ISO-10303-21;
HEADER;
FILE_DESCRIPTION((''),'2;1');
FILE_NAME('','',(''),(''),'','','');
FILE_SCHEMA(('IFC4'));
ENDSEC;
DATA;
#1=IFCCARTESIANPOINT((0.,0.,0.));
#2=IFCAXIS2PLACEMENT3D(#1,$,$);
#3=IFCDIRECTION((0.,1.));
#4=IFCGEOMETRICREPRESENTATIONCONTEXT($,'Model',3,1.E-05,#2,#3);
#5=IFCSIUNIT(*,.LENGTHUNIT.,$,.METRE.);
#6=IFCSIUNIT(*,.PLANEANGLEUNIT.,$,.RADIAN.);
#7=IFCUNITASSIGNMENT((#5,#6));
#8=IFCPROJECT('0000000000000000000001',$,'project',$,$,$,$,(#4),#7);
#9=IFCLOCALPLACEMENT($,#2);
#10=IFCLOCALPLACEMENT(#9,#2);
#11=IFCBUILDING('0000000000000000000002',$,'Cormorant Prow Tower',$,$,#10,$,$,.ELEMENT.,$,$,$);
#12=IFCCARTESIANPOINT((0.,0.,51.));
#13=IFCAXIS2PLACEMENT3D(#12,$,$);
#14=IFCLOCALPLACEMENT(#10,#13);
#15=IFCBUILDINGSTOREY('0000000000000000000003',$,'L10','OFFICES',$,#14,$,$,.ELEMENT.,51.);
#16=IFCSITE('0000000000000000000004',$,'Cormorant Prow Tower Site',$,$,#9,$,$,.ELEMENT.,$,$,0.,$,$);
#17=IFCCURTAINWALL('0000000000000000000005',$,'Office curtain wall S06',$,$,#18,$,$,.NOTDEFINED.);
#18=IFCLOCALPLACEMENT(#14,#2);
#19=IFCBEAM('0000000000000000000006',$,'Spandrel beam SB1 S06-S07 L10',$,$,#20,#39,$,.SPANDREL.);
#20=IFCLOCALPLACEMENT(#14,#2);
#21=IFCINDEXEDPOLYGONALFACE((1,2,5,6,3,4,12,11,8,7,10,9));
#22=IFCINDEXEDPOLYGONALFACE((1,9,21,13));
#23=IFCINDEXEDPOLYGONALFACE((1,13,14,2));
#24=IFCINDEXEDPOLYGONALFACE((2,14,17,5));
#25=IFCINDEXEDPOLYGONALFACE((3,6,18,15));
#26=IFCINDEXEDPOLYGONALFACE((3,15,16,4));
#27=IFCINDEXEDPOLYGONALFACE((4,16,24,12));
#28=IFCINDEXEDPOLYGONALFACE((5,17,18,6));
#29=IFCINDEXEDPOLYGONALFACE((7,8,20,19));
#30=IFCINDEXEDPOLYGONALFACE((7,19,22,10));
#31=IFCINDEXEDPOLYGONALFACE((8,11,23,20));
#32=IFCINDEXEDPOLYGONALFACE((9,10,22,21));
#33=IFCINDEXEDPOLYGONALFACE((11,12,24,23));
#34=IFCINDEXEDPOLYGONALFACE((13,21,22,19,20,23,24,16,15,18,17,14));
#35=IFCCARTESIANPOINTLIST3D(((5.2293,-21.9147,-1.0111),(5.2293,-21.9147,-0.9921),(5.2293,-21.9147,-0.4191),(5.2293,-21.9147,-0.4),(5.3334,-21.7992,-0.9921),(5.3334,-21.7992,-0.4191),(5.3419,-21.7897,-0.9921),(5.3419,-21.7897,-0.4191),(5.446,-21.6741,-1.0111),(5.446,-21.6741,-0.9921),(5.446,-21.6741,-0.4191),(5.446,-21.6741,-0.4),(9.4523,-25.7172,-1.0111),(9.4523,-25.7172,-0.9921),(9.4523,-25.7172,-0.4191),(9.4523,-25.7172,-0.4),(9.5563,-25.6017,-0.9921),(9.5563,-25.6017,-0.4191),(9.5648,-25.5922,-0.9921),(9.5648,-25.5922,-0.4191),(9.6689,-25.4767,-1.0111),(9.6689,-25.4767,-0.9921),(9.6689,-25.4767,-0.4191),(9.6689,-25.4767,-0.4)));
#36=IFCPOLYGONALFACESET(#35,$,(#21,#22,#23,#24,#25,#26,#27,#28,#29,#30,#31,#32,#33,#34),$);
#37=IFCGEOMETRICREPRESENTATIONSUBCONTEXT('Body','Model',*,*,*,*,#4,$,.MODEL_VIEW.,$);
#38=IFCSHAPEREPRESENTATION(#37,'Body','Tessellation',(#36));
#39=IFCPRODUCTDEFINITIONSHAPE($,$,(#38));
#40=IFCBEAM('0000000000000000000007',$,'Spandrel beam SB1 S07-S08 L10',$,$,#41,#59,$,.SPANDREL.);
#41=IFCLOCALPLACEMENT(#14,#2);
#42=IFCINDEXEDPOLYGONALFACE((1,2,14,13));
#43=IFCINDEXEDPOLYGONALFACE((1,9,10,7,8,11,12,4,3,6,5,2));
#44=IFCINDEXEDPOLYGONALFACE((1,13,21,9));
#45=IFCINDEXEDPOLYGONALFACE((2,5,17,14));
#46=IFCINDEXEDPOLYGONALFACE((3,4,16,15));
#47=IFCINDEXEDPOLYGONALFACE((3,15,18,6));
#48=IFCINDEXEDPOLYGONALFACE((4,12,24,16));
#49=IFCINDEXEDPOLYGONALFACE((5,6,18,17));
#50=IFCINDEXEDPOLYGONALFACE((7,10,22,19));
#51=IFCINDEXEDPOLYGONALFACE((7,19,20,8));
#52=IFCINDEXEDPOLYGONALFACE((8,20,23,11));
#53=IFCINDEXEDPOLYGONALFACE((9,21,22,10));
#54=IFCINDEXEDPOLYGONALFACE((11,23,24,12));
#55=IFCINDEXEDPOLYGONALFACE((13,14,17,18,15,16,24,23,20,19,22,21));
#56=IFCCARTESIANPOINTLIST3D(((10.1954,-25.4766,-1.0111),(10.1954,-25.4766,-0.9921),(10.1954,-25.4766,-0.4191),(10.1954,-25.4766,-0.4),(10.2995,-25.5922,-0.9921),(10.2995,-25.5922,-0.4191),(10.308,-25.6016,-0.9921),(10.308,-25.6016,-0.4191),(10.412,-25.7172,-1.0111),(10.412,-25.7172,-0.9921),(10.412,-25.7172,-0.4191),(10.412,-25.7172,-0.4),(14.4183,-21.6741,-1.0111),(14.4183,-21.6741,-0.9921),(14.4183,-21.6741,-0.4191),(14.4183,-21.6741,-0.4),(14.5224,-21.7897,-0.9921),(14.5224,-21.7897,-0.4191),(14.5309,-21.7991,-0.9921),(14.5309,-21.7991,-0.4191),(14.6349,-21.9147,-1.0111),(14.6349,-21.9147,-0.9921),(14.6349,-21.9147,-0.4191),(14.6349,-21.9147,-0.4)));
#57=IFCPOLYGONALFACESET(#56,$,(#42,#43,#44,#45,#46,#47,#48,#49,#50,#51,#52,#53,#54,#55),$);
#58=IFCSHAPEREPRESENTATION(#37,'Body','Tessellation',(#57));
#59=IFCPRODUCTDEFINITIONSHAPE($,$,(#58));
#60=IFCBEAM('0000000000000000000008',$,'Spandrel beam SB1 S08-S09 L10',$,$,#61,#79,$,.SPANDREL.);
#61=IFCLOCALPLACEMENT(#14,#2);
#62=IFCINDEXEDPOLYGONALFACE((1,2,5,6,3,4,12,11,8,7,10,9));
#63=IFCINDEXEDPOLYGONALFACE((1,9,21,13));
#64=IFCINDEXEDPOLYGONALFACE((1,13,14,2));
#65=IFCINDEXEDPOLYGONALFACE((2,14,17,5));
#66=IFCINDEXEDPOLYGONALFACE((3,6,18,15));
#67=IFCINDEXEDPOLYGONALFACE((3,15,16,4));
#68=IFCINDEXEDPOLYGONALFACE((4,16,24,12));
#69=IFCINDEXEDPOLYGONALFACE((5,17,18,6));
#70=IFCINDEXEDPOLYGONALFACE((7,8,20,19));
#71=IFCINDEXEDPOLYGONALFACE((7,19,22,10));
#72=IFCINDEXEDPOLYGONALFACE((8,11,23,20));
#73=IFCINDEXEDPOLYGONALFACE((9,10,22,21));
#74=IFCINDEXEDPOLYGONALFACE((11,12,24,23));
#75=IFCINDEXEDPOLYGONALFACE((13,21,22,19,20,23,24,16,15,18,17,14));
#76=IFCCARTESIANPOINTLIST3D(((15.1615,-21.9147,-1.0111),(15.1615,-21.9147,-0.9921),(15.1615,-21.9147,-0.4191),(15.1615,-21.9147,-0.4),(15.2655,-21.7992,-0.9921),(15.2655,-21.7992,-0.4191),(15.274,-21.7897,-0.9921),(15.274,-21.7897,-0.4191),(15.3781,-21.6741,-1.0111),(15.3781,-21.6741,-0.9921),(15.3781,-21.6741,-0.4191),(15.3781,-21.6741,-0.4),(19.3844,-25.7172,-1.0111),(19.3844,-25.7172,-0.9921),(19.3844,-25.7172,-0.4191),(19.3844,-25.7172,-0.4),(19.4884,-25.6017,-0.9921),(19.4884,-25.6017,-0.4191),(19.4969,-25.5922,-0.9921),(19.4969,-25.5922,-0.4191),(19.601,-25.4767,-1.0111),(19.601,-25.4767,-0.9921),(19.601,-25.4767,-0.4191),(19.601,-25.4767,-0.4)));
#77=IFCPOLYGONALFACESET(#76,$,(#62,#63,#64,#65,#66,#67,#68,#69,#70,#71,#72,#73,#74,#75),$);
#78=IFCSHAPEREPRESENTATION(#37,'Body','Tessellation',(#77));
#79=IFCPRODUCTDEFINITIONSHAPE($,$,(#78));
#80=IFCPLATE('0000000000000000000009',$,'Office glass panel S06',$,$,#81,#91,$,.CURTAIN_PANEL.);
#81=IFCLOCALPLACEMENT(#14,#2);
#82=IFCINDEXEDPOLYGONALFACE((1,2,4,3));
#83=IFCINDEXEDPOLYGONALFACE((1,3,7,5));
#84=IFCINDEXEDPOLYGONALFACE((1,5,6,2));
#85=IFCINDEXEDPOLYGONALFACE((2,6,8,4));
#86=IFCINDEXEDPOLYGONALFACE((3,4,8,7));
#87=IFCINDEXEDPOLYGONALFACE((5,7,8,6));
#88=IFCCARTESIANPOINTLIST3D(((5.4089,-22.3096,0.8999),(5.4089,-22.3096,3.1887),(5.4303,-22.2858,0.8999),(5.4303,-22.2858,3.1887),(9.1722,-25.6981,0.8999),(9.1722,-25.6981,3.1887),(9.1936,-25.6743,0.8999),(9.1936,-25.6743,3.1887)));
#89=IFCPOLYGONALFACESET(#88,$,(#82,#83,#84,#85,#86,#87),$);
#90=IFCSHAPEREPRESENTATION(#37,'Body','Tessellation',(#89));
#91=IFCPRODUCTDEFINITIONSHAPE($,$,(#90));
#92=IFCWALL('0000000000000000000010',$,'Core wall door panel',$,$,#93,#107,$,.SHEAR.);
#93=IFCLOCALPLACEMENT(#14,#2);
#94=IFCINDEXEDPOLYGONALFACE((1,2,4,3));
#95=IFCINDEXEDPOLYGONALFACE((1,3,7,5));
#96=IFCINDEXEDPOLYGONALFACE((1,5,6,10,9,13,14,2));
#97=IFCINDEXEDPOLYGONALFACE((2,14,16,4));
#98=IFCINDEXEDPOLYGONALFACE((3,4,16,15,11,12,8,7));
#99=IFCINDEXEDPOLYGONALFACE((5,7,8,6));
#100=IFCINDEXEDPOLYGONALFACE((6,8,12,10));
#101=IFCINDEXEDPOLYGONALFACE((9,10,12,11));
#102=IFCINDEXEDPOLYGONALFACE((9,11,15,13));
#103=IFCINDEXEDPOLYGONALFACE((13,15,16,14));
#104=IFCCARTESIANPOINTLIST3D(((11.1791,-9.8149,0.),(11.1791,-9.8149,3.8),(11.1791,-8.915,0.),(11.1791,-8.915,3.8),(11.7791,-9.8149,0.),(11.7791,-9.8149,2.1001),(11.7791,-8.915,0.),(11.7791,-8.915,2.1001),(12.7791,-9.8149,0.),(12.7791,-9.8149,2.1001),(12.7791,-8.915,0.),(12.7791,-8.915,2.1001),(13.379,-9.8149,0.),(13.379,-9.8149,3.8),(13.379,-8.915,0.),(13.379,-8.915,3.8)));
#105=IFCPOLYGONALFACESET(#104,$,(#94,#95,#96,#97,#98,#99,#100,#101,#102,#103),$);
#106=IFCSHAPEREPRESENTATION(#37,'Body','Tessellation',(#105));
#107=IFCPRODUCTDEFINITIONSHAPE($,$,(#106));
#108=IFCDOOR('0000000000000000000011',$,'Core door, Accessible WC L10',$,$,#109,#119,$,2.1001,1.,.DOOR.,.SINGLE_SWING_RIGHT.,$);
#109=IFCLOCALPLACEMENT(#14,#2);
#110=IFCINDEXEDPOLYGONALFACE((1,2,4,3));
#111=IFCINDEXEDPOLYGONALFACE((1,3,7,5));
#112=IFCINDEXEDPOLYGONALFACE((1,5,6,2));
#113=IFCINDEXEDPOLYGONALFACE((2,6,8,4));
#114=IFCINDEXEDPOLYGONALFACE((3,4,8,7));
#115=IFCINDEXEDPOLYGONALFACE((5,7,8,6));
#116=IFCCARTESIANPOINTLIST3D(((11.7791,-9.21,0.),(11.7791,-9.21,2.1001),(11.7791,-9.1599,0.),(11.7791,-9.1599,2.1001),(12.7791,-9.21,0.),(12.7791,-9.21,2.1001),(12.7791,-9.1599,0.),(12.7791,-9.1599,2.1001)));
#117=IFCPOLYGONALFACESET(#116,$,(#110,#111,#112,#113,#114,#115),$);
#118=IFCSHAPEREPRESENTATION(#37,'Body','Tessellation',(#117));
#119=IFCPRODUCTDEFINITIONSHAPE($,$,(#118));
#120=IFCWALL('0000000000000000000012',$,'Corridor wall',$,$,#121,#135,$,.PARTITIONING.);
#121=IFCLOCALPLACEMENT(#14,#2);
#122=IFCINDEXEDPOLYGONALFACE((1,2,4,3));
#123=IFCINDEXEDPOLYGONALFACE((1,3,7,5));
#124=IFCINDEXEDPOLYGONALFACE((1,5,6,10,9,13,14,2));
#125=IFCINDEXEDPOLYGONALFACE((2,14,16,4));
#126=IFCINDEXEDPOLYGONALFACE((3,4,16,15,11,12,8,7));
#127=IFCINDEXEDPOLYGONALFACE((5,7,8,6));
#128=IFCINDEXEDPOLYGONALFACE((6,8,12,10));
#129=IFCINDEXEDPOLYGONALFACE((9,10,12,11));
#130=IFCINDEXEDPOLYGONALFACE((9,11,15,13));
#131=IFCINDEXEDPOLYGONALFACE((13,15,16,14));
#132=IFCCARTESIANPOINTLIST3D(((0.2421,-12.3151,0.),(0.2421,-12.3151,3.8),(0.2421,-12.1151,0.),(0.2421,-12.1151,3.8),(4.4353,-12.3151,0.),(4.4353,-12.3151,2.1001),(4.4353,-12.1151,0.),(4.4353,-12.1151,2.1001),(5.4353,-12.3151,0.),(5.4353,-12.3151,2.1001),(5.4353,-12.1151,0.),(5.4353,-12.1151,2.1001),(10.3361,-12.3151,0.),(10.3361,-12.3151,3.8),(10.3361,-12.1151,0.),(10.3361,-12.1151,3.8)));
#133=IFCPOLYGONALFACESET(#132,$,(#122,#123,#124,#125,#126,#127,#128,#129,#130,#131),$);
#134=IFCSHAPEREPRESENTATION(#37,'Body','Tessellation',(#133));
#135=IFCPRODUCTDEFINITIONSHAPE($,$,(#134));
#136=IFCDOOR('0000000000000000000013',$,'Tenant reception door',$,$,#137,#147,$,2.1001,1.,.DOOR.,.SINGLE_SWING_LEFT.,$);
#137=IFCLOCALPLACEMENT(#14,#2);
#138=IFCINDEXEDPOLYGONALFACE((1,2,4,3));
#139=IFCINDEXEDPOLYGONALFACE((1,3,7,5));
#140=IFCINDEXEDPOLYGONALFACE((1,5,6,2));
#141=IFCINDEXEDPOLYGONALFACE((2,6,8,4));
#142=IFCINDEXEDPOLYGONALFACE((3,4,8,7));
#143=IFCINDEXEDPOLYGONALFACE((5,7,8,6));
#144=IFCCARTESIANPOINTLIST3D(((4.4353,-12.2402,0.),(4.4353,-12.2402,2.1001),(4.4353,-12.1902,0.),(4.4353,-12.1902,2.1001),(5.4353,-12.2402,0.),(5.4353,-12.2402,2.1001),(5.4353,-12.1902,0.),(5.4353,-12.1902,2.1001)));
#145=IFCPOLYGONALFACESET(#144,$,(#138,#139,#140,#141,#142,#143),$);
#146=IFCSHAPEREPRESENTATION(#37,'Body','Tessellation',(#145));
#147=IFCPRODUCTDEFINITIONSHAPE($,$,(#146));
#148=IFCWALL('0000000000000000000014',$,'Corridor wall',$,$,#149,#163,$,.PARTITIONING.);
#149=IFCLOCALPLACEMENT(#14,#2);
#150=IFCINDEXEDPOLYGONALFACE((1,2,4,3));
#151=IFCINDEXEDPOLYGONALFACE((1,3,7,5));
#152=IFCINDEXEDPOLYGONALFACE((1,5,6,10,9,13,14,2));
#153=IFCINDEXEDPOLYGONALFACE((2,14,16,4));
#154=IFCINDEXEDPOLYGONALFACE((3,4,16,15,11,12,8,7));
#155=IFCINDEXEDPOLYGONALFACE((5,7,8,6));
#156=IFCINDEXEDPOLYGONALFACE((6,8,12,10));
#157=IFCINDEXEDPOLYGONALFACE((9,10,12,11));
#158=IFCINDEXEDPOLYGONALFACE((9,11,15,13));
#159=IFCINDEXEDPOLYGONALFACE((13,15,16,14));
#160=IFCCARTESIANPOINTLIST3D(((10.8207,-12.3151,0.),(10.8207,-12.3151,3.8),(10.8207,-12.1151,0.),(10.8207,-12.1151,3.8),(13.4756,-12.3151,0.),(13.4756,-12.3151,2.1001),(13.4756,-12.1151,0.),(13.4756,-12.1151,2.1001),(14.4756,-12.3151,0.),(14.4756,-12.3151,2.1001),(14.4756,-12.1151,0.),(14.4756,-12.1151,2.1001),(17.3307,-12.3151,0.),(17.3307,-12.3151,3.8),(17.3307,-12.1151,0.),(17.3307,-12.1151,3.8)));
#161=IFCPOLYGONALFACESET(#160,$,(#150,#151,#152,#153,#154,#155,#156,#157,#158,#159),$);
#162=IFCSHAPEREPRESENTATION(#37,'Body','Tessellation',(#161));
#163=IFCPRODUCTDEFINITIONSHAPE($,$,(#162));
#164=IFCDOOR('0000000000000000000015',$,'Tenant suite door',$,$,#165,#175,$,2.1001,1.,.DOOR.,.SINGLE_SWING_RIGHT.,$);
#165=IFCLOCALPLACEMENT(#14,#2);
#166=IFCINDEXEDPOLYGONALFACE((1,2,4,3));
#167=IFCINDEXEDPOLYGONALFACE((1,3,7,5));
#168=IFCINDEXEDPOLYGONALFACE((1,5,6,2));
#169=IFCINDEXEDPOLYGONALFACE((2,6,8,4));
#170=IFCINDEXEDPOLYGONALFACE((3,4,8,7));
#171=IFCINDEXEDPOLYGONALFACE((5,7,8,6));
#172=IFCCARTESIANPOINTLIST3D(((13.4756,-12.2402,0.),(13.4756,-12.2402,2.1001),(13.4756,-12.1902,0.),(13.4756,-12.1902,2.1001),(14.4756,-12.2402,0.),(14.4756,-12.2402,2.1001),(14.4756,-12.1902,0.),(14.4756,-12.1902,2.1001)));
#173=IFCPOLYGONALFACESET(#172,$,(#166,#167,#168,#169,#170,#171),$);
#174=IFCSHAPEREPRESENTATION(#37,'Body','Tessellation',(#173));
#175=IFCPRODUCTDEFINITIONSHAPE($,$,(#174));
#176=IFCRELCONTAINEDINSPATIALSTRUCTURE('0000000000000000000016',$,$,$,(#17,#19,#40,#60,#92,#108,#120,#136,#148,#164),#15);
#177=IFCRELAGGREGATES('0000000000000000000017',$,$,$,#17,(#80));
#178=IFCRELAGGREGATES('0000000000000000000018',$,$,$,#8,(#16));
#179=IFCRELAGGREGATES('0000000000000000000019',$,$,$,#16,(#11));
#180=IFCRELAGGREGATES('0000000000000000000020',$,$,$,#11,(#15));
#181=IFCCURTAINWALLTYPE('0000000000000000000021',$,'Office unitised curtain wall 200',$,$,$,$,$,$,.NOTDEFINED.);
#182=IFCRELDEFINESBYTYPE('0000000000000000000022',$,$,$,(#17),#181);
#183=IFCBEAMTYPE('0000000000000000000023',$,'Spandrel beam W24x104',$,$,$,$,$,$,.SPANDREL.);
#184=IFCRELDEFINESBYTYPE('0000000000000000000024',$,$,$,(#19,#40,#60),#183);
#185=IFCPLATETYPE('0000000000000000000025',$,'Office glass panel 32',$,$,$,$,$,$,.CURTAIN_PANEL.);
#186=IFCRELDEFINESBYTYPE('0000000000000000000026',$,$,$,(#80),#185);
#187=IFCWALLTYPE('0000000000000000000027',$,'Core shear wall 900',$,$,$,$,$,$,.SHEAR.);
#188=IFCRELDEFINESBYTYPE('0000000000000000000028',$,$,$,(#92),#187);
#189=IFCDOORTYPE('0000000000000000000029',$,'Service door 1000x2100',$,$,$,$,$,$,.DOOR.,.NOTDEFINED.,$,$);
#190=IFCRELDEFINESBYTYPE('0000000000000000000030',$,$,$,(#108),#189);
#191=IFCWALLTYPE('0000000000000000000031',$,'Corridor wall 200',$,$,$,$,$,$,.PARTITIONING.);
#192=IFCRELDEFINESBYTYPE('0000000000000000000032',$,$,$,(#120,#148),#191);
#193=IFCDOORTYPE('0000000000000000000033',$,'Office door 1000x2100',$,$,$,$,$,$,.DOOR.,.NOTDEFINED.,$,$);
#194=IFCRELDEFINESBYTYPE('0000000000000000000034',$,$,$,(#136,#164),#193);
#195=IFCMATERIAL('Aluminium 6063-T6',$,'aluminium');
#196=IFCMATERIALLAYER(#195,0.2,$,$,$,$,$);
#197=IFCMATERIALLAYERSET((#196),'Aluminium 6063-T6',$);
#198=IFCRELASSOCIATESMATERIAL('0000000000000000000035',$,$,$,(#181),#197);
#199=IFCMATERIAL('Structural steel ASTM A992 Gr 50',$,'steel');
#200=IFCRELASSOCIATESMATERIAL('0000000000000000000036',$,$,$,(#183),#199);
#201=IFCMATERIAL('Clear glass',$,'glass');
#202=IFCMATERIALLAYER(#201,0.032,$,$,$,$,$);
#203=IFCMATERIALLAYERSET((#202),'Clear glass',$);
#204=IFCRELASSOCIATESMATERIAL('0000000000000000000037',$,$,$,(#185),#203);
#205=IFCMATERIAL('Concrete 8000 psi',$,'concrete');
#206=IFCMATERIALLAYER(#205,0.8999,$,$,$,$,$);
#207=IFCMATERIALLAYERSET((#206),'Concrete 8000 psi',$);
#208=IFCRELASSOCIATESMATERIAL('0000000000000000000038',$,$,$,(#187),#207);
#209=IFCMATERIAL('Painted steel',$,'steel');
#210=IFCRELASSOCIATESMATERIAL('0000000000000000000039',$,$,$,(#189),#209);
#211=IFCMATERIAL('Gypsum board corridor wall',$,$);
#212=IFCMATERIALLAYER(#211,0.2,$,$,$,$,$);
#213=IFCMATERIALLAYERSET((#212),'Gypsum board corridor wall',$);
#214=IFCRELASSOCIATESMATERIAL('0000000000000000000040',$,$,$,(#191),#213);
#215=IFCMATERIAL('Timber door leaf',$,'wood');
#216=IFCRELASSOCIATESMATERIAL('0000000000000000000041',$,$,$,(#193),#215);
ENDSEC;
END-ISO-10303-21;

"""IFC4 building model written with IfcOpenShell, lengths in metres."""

from ifc_helpers import new_model, si_unit, direction, frame, frame_2d, origin, origin_2d, place, context, subcontext, project, spatial, rectangle, i_section, extrude, material, layer, layer_set, material_profile, profile_set, type_object, element, fill, aggregate, save


model = new_model("IFC4")

# Units and contexts
model_context = context("Model", 3, precision=1e-05, world=origin(), true_north=direction((0.0, 1.0)))
body_context = subcontext(model_context, "Body", "Model", "MODEL_VIEW")
ifc_project = project(units=[si_unit("LENGTHUNIT", "METRE"), si_unit("PLANEANGLEUNIT", "RADIAN")], contexts=[model_context])

# Site, building, storey
site_placement = place(None, origin())
site = spatial("IfcSite", under=ifc_project, at=site_placement, Name="Cormorant Prow Tower Site", CompositionType="ELEMENT", RefElevation=0.0)
building_placement = place(site_placement, origin())
building = spatial("IfcBuilding", under=site, at=building_placement, Name="Cormorant Prow Tower", CompositionType="ELEMENT")
storey_placement = place(building_placement, frame((0.0, 0.0, 51.0)))
storey = spatial("IfcBuildingStorey", under=building, at=storey_placement, Name="L10", Description="OFFICES", CompositionType="ELEMENT", Elevation=51.0)

# Curtain wall
ifc_material_1 = material(Name="Aluminium 6063-T6", Category="aluminium")
ifc_layer_1 = layer(ifc_material_1, 0.2)
ifc_layer_set_1 = layer_set([ifc_layer_1], Name="Aluminium 6063-T6")
curtain_wall_type = type_object("IfcCurtainWallType", Name="Office unitised curtain wall 200", PredefinedType="NOTDEFINED", material=ifc_layer_set_1)
curtain_wall_1_placement = place(storey_placement, origin())
curtain_wall_1 = element("IfcCurtainWall", 1, at=curtain_wall_1_placement, inside=storey, type_object=curtain_wall_type, Name="Office curtain wall S06", PredefinedType="NOTDEFINED")

# Beams
ifc_material_2 = material(Name="Structural steel ASTM A992 Gr 50", Category="steel")
ifc_material_profile_1 = material_profile(ifc_material_2, i_section(OverallWidth=0.3237, OverallDepth=0.6111, WebThickness=0.0127, FlangeThickness=0.019, at=origin_2d()), Name="W24x104")
ifc_profile_set_1 = profile_set([ifc_material_profile_1], Name="Structural steel ASTM A992 Gr 50")
beam_type_1 = type_object("IfcBeamType", Name="Spandrel beam W24x104", PredefinedType="SPANDREL", material=ifc_profile_set_1)
for number, where, z_axis, x_axis, name in (
    (2, (5.3376, -21.7944, -0.7056), (0.74313, -0.669147, 0.0), (0.669147, 0.74313, 0.0), "Spandrel beam SB1 S06-S07 L10"),
    (3, (10.3037, -25.5969, -0.7056), (0.74313, 0.669147, 0.0), (-0.669147, 0.74313, 0.0), "Spandrel beam SB1 S07-S08 L10"),
    (4, (15.2698, -21.7944, -0.7056), (0.74313, -0.669147, 0.0), (0.669147, 0.74313, 0.0), "Spandrel beam SB1 S08-S09 L10"),
):
    element("IfcBeam", number, at=place(storey_placement, frame(where, z_axis=z_axis, x_axis=x_axis)), inside=storey, type_object=beam_type_1, Name=name, PredefinedType="SPANDREL", context=body_context, shape_type="SweptSolid", body=[
        extrude(i_section(OverallWidth=0.3237, OverallDepth=0.6111, WebThickness=0.0127, FlangeThickness=0.019, at=origin_2d()), origin(), (0.0, 0.0, 1.0), 5.6826),
    ])

# Plate
ifc_material_3 = material(Name="Clear glass", Category="glass")
ifc_layer_2 = layer(ifc_material_3, 0.032)
ifc_layer_set_2 = layer_set([ifc_layer_2], Name="Clear glass")
plate_type = type_object("IfcPlateType", Name="Office glass panel 32", PredefinedType="CURTAIN_PANEL", material=ifc_layer_set_2)
plate_placement = place(storey_placement, frame((7.3013, -23.9919, 0.8999), z_axis=(0.0, 0.0, 1.0), x_axis=(0.743145, -0.669131, 0.0)))
plate = element("IfcPlate", 5, at=plate_placement, type_object=plate_type, Name="Office glass panel S06", PredefinedType="CURTAIN_PANEL", context=body_context, shape_type="SweptSolid", body=[
    extrude(rectangle(XDim=5.064, YDim=0.032, at=origin_2d()), origin(), (0.0, 0.0, 1.0), 2.2888),
])
aggregate(curtain_wall_1, [plate])

# Walls, openings, doors
ifc_material_4 = material(Name="Concrete 8000 psi", Category="concrete")
ifc_layer_3 = layer(ifc_material_4, 0.8999)
ifc_layer_set_3 = layer_set([ifc_layer_3], Name="Concrete 8000 psi")
wall_type_1 = type_object("IfcWallType", Name="Core shear wall 900", PredefinedType="SHEAR", material=ifc_layer_set_3)
wall_1_placement = place(storey_placement, frame((11.179, -9.365, 0.0), z_axis=(0.0, 0.0, 1.0), x_axis=(1.0, 0.0, 0.0)))
wall_1 = element("IfcWall", 6, at=wall_1_placement, inside=storey, type_object=wall_type_1, Name="Core wall door panel", PredefinedType="SHEAR", context=body_context, shape_type="SweptSolid", body=[
    extrude(rectangle(XDim=2.2, YDim=0.8999, at=frame_2d((1.1001, 0.0))), origin(), (0.0, 0.0, 1.0), 3.8),
])
opening_1_placement = place(wall_1_placement, frame((0.6001, 0.0, 0.0)))
opening_1 = element("IfcOpeningElement", 7, at=opening_1_placement, cuts=wall_1, PredefinedType="OPENING", context=body_context, shape_type="SweptSolid", body=[
    extrude(rectangle(XDim=1.0, YDim=2.1001, at=frame_2d((0.5, 1.05))), frame((0.0, 0.46, 0.0), z_axis=(0.0, -1.0, 0.0), x_axis=(1.0, 0.0, 0.0)), (0.0, 0.0, 1.0), 0.9199),
])
ifc_material_5 = material(Name="Painted steel", Category="steel")
door_type_1 = type_object("IfcDoorType", Name="Service door 1000x2100", OperationType="NOTDEFINED", PredefinedType="DOOR", material=ifc_material_5)
door_1_placement = place(opening_1_placement, origin())
door_1 = element("IfcDoor", 8, at=door_1_placement, inside=storey, type_object=door_type_1, Name="Core door, Accessible WC L10", OperationType="SINGLE_SWING_RIGHT", OverallHeight=2.1001, OverallWidth=1.0, PredefinedType="DOOR", context=body_context, shape_type="SweptSolid", body=[
    extrude(rectangle(XDim=1.0, YDim=2.1001, at=frame_2d((0.5, 1.05))), frame((0.0, 0.2051, 0.0), z_axis=(0.0, -1.0, 0.0), x_axis=(1.0, 0.0, 0.0)), (0.0, 0.0, 1.0), 0.05),
])
fill(opening_1, door_1)
ifc_material_6 = material(Name="Gypsum board corridor wall")
ifc_layer_4 = layer(ifc_material_6, 0.2)
ifc_layer_set_4 = layer_set([ifc_layer_4], Name="Gypsum board corridor wall")
wall_type_2 = type_object("IfcWallType", Name="Corridor wall 200", PredefinedType="PARTITIONING", material=ifc_layer_set_4)
wall_2_placement = place(storey_placement, frame((0.2422, -12.2151, 0.0), z_axis=(0.0, 0.0, 1.0), x_axis=(1.0, 0.0, 0.0)))
wall_2 = element("IfcWall", 9, at=wall_2_placement, inside=storey, type_object=wall_type_2, Name="Corridor wall", PredefinedType="PARTITIONING", context=body_context, shape_type="SweptSolid", body=[
    extrude(rectangle(XDim=10.094, YDim=0.2, at=frame_2d((5.0469, 0.0))), origin(), (0.0, 0.0, 1.0), 3.8),
])
opening_2_placement = place(wall_2_placement, frame((4.1931, 0.0, 0.0)))
opening_2 = element("IfcOpeningElement", 10, at=opening_2_placement, cuts=wall_2, PredefinedType="OPENING", context=body_context, shape_type="SweptSolid", body=[
    extrude(rectangle(XDim=1.0, YDim=2.1001, at=frame_2d((0.5, 1.05))), frame((0.0, 0.1099, 0.0), z_axis=(0.0, -1.0, 0.0), x_axis=(1.0, 0.0, 0.0)), (0.0, 0.0, 1.0), 0.22),
])
ifc_material_7 = material(Name="Timber door leaf", Category="wood")
door_type_2 = type_object("IfcDoorType", Name="Office door 1000x2100", OperationType="NOTDEFINED", PredefinedType="DOOR", material=ifc_material_7)
door_2_placement = place(opening_2_placement, origin())
door_2 = element("IfcDoor", 11, at=door_2_placement, inside=storey, type_object=door_type_2, Name="Tenant reception door", OperationType="SINGLE_SWING_LEFT", OverallHeight=2.1001, OverallWidth=1.0, PredefinedType="DOOR", context=body_context, shape_type="SweptSolid", body=[
    extrude(rectangle(XDim=1.0, YDim=2.1001, at=frame_2d((0.5, 1.05))), frame((0.0, 0.0249, 0.0), z_axis=(0.0, -1.0, 0.0), x_axis=(1.0, 0.0, 0.0)), (0.0, 0.0, 1.0), 0.05),
])
fill(opening_2, door_2)
wall_3_placement = place(storey_placement, frame((10.8208, -12.2151, 0.0), z_axis=(0.0, 0.0, 1.0), x_axis=(1.0, 0.0, 0.0)))
wall_3 = element("IfcWall", 12, at=wall_3_placement, inside=storey, type_object=wall_type_2, Name="Corridor wall", PredefinedType="PARTITIONING", context=body_context, shape_type="SweptSolid", body=[
    extrude(rectangle(XDim=6.51, YDim=0.2, at=frame_2d((3.2549, 0.0))), origin(), (0.0, 0.0, 1.0), 3.8),
])
opening_3_placement = place(wall_3_placement, frame((2.6548, 0.0, 0.0)))
opening_3 = element("IfcOpeningElement", 13, at=opening_3_placement, cuts=wall_3, PredefinedType="OPENING", context=body_context, shape_type="SweptSolid", body=[
    extrude(rectangle(XDim=1.0, YDim=2.1001, at=frame_2d((0.5, 1.05))), frame((0.0, 0.1099, 0.0), z_axis=(0.0, -1.0, 0.0), x_axis=(1.0, 0.0, 0.0)), (0.0, 0.0, 1.0), 0.22),
])
door_3_placement = place(opening_3_placement, origin())
door_3 = element("IfcDoor", 14, at=door_3_placement, inside=storey, type_object=door_type_2, Name="Tenant suite door", OperationType="SINGLE_SWING_RIGHT", OverallHeight=2.1001, OverallWidth=1.0, PredefinedType="DOOR", context=body_context, shape_type="SweptSolid", body=[
    extrude(rectangle(XDim=1.0, YDim=2.1001, at=frame_2d((0.5, 1.05))), frame((0.0, 0.0249, 0.0), z_axis=(0.0, -1.0, 0.0), x_axis=(1.0, 0.0, 0.0)), (0.0, 0.0, 1.0), 0.05),
])
fill(opening_3, door_3)

save(model, "model.ifc")
